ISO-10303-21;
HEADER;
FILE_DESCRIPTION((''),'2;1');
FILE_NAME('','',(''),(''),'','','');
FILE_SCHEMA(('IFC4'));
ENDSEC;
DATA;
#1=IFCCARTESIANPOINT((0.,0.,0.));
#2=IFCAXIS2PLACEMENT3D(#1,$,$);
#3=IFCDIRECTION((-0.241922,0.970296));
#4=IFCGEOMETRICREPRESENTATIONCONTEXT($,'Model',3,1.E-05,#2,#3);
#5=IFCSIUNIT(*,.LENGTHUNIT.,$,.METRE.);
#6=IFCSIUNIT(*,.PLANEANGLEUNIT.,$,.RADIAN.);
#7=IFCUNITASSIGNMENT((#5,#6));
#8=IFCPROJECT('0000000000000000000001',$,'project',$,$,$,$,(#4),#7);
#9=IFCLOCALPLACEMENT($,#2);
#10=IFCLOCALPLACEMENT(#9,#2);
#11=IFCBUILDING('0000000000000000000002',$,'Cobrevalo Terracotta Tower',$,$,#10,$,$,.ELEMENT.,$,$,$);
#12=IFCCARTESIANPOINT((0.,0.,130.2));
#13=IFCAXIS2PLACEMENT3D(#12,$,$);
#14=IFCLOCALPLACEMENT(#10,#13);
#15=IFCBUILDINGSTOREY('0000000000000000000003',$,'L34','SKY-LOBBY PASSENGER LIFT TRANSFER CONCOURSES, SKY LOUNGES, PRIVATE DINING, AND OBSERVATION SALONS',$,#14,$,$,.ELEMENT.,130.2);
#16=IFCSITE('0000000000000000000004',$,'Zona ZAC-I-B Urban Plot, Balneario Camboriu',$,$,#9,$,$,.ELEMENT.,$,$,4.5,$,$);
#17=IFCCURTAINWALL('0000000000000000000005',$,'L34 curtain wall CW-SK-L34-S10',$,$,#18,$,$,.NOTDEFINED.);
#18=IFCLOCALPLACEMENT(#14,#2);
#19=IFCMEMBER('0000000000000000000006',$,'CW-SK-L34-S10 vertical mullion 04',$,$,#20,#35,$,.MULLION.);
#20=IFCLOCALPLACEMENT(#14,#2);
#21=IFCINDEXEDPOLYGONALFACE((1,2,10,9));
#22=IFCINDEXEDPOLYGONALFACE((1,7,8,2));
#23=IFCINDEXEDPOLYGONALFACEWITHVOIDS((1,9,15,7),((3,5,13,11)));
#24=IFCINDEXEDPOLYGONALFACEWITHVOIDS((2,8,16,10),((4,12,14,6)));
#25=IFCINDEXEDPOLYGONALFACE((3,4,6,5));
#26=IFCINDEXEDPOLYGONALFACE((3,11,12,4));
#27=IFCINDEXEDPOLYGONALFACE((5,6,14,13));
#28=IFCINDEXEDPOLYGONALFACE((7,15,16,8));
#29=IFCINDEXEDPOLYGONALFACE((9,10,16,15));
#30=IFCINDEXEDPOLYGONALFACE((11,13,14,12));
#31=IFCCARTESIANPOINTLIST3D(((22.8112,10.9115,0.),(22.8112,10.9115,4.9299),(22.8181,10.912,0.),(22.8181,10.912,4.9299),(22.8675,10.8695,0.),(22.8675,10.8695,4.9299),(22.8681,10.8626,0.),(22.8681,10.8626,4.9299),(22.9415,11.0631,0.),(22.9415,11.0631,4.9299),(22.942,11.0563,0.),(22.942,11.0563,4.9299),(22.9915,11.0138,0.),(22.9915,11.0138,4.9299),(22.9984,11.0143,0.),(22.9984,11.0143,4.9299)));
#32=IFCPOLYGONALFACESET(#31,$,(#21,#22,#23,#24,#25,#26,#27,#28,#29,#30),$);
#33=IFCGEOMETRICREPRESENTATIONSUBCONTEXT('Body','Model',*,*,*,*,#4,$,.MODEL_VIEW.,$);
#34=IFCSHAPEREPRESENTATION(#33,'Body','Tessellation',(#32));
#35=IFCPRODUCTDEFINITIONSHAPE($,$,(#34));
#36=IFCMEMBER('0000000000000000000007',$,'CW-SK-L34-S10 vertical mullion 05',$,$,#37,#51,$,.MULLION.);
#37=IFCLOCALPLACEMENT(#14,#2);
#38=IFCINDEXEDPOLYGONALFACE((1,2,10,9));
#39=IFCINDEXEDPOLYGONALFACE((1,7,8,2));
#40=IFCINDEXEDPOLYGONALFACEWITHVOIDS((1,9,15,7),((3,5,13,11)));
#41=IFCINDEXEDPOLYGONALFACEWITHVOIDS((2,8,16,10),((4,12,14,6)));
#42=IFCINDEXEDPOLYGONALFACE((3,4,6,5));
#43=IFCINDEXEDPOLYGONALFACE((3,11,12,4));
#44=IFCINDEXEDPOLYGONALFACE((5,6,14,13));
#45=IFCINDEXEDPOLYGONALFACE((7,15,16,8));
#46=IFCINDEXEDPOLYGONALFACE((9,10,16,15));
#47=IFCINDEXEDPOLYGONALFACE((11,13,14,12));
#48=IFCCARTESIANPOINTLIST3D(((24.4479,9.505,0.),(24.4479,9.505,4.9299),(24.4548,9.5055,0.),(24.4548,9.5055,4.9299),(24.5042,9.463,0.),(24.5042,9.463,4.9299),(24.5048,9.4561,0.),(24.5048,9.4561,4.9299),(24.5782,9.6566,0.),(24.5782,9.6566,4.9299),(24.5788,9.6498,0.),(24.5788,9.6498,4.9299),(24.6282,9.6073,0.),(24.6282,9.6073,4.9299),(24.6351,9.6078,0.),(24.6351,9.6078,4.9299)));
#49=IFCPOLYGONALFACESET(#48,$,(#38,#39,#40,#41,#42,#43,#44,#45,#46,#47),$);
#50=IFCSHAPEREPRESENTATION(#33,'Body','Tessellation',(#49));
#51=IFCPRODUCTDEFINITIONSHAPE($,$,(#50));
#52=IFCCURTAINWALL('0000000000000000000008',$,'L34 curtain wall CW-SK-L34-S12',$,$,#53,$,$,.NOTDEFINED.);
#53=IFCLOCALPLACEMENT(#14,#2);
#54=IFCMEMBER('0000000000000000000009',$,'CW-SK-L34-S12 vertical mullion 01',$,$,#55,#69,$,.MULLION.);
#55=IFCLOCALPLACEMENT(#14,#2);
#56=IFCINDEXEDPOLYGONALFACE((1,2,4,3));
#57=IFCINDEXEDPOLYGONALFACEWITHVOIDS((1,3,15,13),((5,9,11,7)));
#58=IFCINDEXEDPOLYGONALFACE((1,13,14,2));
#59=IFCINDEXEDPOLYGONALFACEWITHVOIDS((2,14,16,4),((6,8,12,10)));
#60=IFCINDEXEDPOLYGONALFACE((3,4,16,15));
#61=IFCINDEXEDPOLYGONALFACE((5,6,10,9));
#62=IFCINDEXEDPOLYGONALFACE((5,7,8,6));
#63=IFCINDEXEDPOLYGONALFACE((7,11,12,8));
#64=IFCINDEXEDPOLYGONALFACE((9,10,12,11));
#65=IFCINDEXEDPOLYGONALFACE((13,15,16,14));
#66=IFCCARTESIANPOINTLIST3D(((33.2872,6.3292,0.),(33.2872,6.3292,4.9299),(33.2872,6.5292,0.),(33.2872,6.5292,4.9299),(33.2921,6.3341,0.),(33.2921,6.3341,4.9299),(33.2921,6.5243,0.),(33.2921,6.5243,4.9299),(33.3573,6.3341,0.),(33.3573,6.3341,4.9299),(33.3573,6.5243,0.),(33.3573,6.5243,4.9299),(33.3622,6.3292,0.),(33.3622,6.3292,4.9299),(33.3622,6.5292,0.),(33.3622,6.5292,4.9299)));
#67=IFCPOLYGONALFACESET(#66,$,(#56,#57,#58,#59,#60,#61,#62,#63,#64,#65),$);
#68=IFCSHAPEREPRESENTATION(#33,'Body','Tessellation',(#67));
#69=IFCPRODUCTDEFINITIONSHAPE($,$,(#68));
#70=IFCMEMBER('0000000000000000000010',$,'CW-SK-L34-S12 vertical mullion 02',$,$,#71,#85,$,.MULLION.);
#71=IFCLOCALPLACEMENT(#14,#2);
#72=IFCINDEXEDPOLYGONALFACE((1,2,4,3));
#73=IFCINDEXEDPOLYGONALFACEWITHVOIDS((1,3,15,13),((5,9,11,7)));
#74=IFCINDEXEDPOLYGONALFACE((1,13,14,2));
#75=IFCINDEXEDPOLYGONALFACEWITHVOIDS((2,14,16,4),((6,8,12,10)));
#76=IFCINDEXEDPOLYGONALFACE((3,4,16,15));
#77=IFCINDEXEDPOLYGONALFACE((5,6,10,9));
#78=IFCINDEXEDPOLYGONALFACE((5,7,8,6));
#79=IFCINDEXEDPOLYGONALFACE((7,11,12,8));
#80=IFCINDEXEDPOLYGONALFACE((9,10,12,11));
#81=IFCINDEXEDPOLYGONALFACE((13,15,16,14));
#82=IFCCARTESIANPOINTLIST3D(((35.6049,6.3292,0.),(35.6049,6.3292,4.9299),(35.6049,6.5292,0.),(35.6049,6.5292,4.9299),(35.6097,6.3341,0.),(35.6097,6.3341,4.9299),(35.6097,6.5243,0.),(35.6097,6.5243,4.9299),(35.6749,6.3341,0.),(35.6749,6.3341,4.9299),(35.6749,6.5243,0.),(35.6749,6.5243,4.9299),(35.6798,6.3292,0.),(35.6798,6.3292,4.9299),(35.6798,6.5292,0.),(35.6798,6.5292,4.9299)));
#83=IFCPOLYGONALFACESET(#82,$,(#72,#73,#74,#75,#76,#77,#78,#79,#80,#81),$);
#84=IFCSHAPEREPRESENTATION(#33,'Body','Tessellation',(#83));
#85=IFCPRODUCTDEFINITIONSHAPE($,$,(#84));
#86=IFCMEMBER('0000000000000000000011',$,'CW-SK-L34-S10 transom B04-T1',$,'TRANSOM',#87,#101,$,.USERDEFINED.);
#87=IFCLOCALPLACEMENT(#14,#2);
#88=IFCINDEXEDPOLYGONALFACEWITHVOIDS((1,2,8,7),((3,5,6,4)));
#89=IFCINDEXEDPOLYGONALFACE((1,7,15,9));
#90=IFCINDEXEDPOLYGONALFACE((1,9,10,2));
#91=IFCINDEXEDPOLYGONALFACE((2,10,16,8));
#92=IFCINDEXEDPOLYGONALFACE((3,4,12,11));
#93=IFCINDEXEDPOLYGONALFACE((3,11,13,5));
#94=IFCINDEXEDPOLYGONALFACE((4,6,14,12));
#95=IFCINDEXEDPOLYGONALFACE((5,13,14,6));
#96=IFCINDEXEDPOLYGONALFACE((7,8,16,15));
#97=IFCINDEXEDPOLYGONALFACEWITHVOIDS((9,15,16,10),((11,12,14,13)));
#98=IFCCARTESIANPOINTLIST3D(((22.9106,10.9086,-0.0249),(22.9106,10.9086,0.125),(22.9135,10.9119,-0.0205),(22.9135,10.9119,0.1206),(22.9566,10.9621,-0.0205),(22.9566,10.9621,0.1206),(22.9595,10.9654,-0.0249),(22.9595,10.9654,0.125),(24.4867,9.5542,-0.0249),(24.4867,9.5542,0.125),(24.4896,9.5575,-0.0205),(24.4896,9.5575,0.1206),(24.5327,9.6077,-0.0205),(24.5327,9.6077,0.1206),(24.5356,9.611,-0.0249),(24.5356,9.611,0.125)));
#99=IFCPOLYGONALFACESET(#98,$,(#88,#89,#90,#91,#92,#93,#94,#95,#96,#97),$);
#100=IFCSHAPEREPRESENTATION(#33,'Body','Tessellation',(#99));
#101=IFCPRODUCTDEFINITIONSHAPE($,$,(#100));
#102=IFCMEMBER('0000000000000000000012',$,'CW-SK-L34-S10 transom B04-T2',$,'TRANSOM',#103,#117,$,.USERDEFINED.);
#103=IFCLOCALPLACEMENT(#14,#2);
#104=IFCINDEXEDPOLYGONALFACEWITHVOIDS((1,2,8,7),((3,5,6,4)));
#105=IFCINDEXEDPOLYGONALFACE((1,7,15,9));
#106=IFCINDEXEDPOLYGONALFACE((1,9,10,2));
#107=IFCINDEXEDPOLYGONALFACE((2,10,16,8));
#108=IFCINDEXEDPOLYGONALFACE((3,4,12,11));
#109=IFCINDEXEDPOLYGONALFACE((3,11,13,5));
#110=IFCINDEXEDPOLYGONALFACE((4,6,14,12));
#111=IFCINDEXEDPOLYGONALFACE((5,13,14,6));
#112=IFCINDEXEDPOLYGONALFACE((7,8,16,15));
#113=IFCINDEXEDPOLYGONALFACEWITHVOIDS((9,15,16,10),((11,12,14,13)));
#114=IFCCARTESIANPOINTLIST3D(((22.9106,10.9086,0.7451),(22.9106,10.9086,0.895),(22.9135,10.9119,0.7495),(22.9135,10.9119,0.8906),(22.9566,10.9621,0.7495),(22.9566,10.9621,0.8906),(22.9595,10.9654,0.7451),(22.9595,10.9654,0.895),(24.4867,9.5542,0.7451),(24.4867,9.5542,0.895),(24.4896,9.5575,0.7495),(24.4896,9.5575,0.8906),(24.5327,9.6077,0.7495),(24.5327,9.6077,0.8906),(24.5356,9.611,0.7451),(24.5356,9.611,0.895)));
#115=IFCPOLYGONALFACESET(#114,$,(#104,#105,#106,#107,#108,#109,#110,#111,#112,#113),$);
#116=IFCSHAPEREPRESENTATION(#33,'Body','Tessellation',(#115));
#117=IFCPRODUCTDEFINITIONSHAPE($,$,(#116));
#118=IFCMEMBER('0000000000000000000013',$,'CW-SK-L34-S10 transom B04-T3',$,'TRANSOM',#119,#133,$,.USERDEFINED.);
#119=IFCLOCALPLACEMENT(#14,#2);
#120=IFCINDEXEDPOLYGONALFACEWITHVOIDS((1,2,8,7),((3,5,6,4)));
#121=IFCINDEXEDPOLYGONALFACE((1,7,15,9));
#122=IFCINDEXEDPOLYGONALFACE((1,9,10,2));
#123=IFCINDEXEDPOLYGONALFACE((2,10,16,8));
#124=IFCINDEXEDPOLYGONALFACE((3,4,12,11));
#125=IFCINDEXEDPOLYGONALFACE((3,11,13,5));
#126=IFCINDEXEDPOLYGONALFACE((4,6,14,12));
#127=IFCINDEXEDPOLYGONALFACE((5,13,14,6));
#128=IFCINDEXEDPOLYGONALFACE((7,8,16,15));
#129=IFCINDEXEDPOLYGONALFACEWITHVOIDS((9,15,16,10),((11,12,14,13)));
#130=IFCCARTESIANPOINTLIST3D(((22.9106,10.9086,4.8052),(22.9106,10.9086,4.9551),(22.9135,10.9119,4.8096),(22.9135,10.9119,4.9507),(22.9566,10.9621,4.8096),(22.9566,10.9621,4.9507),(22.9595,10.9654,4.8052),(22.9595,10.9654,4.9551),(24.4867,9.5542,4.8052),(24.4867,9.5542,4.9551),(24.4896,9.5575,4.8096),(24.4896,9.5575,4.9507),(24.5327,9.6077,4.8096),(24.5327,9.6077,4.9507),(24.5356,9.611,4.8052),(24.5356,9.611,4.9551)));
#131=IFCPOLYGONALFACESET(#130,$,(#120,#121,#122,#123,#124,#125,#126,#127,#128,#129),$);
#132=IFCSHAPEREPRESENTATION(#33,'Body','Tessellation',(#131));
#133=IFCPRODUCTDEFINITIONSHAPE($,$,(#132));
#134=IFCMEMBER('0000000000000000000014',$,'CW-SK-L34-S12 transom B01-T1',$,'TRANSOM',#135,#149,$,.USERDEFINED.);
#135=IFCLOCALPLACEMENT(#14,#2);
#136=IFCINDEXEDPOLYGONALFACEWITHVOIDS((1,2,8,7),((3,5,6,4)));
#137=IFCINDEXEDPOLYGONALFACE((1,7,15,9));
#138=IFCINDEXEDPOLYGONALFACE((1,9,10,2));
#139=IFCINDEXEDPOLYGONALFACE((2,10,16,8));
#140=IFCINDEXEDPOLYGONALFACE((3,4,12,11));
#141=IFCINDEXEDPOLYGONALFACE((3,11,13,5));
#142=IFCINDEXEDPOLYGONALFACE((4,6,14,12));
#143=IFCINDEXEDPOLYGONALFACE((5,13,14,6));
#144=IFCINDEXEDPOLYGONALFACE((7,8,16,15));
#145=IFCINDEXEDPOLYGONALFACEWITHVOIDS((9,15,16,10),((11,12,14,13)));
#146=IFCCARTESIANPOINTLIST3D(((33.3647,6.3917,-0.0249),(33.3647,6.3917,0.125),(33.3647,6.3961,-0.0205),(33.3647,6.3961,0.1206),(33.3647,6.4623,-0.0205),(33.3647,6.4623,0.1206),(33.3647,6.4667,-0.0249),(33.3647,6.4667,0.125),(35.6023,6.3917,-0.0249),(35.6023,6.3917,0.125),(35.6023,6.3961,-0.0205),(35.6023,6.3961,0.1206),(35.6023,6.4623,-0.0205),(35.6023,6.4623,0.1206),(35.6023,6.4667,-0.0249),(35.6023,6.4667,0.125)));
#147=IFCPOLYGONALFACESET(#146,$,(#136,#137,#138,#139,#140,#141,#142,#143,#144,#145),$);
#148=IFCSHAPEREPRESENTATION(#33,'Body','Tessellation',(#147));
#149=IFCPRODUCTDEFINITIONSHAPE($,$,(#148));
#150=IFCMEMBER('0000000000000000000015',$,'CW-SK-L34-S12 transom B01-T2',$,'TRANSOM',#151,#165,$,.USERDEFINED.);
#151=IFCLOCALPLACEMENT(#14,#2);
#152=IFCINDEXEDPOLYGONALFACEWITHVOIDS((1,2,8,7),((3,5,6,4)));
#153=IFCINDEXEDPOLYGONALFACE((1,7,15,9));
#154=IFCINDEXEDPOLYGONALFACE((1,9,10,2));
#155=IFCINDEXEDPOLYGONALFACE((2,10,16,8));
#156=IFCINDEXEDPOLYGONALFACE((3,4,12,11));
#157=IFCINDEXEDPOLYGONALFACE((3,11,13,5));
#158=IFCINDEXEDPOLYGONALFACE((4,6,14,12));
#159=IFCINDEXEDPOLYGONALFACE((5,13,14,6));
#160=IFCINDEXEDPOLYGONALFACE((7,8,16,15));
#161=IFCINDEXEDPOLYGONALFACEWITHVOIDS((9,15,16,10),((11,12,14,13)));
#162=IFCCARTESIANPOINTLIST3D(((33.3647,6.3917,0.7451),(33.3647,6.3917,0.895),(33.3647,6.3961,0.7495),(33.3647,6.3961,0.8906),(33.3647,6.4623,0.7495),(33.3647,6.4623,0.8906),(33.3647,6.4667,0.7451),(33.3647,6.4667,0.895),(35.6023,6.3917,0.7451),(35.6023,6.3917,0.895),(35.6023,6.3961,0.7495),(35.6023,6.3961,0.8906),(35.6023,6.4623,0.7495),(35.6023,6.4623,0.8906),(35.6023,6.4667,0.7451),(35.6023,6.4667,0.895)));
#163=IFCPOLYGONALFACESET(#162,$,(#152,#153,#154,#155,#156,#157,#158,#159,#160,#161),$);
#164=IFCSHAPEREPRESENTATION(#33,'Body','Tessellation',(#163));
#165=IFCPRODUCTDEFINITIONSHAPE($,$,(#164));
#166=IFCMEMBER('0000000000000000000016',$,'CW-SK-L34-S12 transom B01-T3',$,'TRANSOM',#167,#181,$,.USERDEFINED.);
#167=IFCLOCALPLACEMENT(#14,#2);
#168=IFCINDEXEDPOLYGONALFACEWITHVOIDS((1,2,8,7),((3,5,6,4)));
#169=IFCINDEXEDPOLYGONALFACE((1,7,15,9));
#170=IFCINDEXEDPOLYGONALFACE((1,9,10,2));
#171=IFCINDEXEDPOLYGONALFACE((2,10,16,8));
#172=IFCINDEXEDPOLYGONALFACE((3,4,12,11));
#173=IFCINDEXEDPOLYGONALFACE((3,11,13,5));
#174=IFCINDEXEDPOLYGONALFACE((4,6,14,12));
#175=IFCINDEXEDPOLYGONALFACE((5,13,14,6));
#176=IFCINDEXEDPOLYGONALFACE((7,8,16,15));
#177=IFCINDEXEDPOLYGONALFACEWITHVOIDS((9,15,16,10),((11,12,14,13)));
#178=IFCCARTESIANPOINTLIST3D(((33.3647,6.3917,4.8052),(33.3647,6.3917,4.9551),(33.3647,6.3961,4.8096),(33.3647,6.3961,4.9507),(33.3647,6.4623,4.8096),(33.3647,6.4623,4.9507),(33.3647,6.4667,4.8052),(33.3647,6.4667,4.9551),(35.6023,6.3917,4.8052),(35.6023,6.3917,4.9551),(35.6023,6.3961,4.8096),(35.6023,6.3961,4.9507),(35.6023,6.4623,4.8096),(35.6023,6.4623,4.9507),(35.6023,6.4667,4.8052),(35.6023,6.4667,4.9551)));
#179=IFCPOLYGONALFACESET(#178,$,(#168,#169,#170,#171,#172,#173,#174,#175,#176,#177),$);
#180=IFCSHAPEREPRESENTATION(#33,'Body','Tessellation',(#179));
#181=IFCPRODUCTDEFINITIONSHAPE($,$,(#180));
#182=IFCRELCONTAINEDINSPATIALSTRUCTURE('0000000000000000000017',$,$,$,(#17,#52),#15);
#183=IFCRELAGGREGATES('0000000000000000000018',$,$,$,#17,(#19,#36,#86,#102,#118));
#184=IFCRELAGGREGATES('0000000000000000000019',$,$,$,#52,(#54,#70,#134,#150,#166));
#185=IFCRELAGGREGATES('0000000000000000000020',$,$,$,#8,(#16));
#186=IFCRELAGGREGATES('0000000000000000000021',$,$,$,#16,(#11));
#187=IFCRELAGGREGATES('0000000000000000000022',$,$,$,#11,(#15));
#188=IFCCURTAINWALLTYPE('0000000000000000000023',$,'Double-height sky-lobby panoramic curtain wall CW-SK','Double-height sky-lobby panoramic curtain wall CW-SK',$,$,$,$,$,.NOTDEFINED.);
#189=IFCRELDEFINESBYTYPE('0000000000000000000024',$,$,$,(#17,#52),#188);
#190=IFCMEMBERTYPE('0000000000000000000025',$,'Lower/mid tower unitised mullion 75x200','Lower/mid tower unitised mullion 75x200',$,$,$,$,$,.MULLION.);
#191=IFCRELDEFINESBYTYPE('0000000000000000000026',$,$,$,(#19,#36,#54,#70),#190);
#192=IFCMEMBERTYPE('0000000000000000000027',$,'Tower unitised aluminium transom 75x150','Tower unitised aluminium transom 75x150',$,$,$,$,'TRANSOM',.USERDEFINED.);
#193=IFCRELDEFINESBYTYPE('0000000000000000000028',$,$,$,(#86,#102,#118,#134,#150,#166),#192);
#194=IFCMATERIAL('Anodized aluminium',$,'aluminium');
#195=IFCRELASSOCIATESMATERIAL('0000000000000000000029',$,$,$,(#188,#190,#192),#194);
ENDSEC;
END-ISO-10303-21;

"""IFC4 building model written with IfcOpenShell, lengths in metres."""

from ifc_helpers import new_model, si_unit, direction, frame, origin, origin_2d, place, context, subcontext, project, spatial, hollow_rectangle, extrude, source, transform, mapped, material, material_profile, profile_set, type_object, element, aggregate, save


model = new_model("IFC4")

# Units and contexts
model_context = context("Model", 3, precision=1e-05, world=origin(), true_north=direction((-0.241922, 0.970296)))
body_context = subcontext(model_context, "Body", "Model", "MODEL_VIEW")
ifc_project = project(units=[si_unit("LENGTHUNIT", "METRE"), si_unit("PLANEANGLEUNIT", "RADIAN")], contexts=[model_context])

# Site, building, storey
site_placement = place(None, origin())
site = spatial("IfcSite", under=ifc_project, at=site_placement, Name="Zona ZAC-I-B Urban Plot, Balneario Camboriu", CompositionType="ELEMENT", RefElevation=4.5)
building_placement = place(site_placement, origin())
building = spatial("IfcBuilding", under=site, at=building_placement, Name="Cobrevalo Terracotta Tower", CompositionType="ELEMENT")
storey_placement = place(building_placement, frame((0.0, 0.0, 130.2)))
storey = spatial("IfcBuildingStorey", under=building, at=storey_placement, Name="L34", Description="SKY-LOBBY PASSENGER LIFT TRANSFER CONCOURSES, SKY LOUNGES, PRIVATE DINING, AND OBSERVATION SALONS", CompositionType="ELEMENT", Elevation=130.2)

# Curtain walls, members
ifc_material_1 = material(Name="Anodized aluminium", Category="aluminium")
curtain_wall_type = type_object("IfcCurtainWallType", Name="Double-height sky-lobby panoramic curtain wall CW-SK", Description="Double-height sky-lobby panoramic curtain wall CW-SK", PredefinedType="NOTDEFINED", material=ifc_material_1)
curtain_wall_1_placement = place(storey_placement, origin())
curtain_wall_1 = element("IfcCurtainWall", 1, at=curtain_wall_1_placement, inside=storey, type_object=curtain_wall_type, Name="L34 curtain wall CW-SK-L34-S10", PredefinedType="NOTDEFINED")
ifc_material_profile_1 = material_profile(ifc_material_1, hollow_rectangle(XDim=0.075, YDim=0.2, WallThickness=0.0049, at=origin_2d()), Name="CWM 75x200")
ifc_profile_set_1 = profile_set([ifc_material_profile_1], Name="Anodized aluminium")
member_type_1 = type_object("IfcMemberType", Name="Lower/mid tower unitised mullion 75x200", Description="Lower/mid tower unitised mullion 75x200", PredefinedType="MULLION", material=ifc_profile_set_1)
shared_shape_1 = source(origin(), body_context, "Body", "SweptSolid", [
    extrude(hollow_rectangle(XDim=0.075, YDim=0.2, WallThickness=0.0049, at=origin_2d()), origin(), (0.0, 0.0, 1.0), 4.9299),
])
member_1_placement = place(storey_placement, frame((22.9048, 10.9629, 0.0), z_axis=(0.0, 0.0, 1.0), x_axis=(0.758442, -0.651741, 0.0)))
member_1 = element("IfcMember", 2, at=member_1_placement, type_object=member_type_1, Name="CW-SK-L34-S10 vertical mullion 04", PredefinedType="MULLION", context=body_context, shape_type="MappedRepresentation", body=[
    mapped(shared_shape_1, transform((0.0, 0.0, 0.0), scale=1.0)),
])
member_2_placement = place(storey_placement, frame((24.5415, 9.5564, 0.0), z_axis=(0.0, 0.0, 1.0), x_axis=(0.758442, -0.651741, 0.0)))
member_2 = element("IfcMember", 3, at=member_2_placement, type_object=member_type_1, Name="CW-SK-L34-S10 vertical mullion 05", PredefinedType="MULLION", context=body_context, shape_type="MappedRepresentation", body=[
    mapped(shared_shape_1, transform((0.0, 0.0, 0.0), scale=1.0)),
])
curtain_wall_2_placement = place(storey_placement, origin())
curtain_wall_2 = element("IfcCurtainWall", 4, at=curtain_wall_2_placement, inside=storey, type_object=curtain_wall_type, Name="L34 curtain wall CW-SK-L34-S12", PredefinedType="NOTDEFINED")
member_3_placement = place(storey_placement, frame((33.3247, 6.4292, 0.0), z_axis=(0.0, 0.0, 1.0), x_axis=(1.0, 0.0, 0.0)))
member_3 = element("IfcMember", 5, at=member_3_placement, type_object=member_type_1, Name="CW-SK-L34-S12 vertical mullion 01", PredefinedType="MULLION", context=body_context, shape_type="MappedRepresentation", body=[
    mapped(shared_shape_1, transform((0.0, 0.0, 0.0), scale=1.0)),
])
member_4_placement = place(storey_placement, frame((35.6423, 6.4292, 0.0), z_axis=(0.0, 0.0, 1.0), x_axis=(1.0, 0.0, 0.0)))
member_4 = element("IfcMember", 6, at=member_4_placement, type_object=member_type_1, Name="CW-SK-L34-S12 vertical mullion 02", PredefinedType="MULLION", context=body_context, shape_type="MappedRepresentation", body=[
    mapped(shared_shape_1, transform((0.0, 0.0, 0.0), scale=1.0)),
])

# Members
ifc_material_profile_2 = material_profile(ifc_material_1, hollow_rectangle(XDim=0.075, YDim=0.1499, WallThickness=0.0044, at=origin_2d()), Name="CWT 75x150")
ifc_profile_set_2 = profile_set([ifc_material_profile_2], Name="Anodized aluminium")
member_type_2 = type_object("IfcMemberType", Name="Tower unitised aluminium transom 75x150", Description="Tower unitised aluminium transom 75x150", ElementType="TRANSOM", PredefinedType="USERDEFINED", material=ifc_profile_set_2)
shared_shape_2 = source(origin(), body_context, "Body", "SweptSolid", [
    extrude(hollow_rectangle(XDim=0.075, YDim=0.1499, WallThickness=0.0044, at=origin_2d()), origin(), (0.0, 0.0, 1.0), 2.0781),
])
member_5_placement = place(storey_placement, frame((22.9351, 10.937, 0.05), z_axis=(0.758427, -0.651758, 0.0), x_axis=(0.651758, 0.758427, 0.0)))
member_5 = element("IfcMember", 7, at=member_5_placement, type_object=member_type_2, Name="CW-SK-L34-S10 transom B04-T1", ObjectType="TRANSOM", PredefinedType="USERDEFINED", context=body_context, shape_type="MappedRepresentation", body=[
    mapped(shared_shape_2, transform((0.0, 0.0, 0.0), scale=1.0)),
])
member_6_placement = place(storey_placement, frame((22.9351, 10.937, 0.8201), z_axis=(0.758427, -0.651758, 0.0), x_axis=(0.651758, 0.758427, 0.0)))
member_6 = element("IfcMember", 8, at=member_6_placement, type_object=member_type_2, Name="CW-SK-L34-S10 transom B04-T2", ObjectType="TRANSOM", PredefinedType="USERDEFINED", context=body_context, shape_type="MappedRepresentation", body=[
    mapped(shared_shape_2, transform((0.0, 0.0, 0.0), scale=1.0)),
])
member_7_placement = place(storey_placement, frame((22.9351, 10.937, 4.8801), z_axis=(0.758427, -0.651758, 0.0), x_axis=(0.651758, 0.758427, 0.0)))
member_7 = element("IfcMember", 9, at=member_7_placement, type_object=member_type_2, Name="CW-SK-L34-S10 transom B04-T3", ObjectType="TRANSOM", PredefinedType="USERDEFINED", context=body_context, shape_type="MappedRepresentation", body=[
    mapped(shared_shape_2, transform((0.0, 0.0, 0.0), scale=1.0)),
])
shared_shape_3 = source(origin(), body_context, "Body", "SweptSolid", [
    extrude(hollow_rectangle(XDim=0.075, YDim=0.1499, WallThickness=0.0044, at=origin_2d()), origin(), (0.0, 0.0, 1.0), 2.2375),
])
member_8_placement = place(storey_placement, frame((33.3647, 6.4292, 0.05), z_axis=(1.0, 0.0, 0.0), x_axis=(0.0, 1.0, 0.0)))
member_8 = element("IfcMember", 10, at=member_8_placement, type_object=member_type_2, Name="CW-SK-L34-S12 transom B01-T1", ObjectType="TRANSOM", PredefinedType="USERDEFINED", context=body_context, shape_type="MappedRepresentation", body=[
    mapped(shared_shape_3, transform((0.0, 0.0, 0.0), scale=1.0)),
])
member_9_placement = place(storey_placement, frame((33.3647, 6.4292, 0.8201), z_axis=(1.0, 0.0, 0.0), x_axis=(0.0, 1.0, 0.0)))
member_9 = element("IfcMember", 11, at=member_9_placement, type_object=member_type_2, Name="CW-SK-L34-S12 transom B01-T2", ObjectType="TRANSOM", PredefinedType="USERDEFINED", context=body_context, shape_type="MappedRepresentation", body=[
    mapped(shared_shape_3, transform((0.0, 0.0, 0.0), scale=1.0)),
])
member_10_placement = place(storey_placement, frame((33.3647, 6.4292, 4.8801), z_axis=(1.0, 0.0, 0.0), x_axis=(0.0, 1.0, 0.0)))
member_10 = element("IfcMember", 12, at=member_10_placement, type_object=member_type_2, Name="CW-SK-L34-S12 transom B01-T3", ObjectType="TRANSOM", PredefinedType="USERDEFINED", context=body_context, shape_type="MappedRepresentation", body=[
    mapped(shared_shape_3, transform((0.0, 0.0, 0.0), scale=1.0)),
])

aggregate(curtain_wall_1, [member_1, member_2, member_5, member_6, member_7])
aggregate(curtain_wall_2, [member_3, member_4, member_8, member_9, member_10])

save(model, "model.ifc")
